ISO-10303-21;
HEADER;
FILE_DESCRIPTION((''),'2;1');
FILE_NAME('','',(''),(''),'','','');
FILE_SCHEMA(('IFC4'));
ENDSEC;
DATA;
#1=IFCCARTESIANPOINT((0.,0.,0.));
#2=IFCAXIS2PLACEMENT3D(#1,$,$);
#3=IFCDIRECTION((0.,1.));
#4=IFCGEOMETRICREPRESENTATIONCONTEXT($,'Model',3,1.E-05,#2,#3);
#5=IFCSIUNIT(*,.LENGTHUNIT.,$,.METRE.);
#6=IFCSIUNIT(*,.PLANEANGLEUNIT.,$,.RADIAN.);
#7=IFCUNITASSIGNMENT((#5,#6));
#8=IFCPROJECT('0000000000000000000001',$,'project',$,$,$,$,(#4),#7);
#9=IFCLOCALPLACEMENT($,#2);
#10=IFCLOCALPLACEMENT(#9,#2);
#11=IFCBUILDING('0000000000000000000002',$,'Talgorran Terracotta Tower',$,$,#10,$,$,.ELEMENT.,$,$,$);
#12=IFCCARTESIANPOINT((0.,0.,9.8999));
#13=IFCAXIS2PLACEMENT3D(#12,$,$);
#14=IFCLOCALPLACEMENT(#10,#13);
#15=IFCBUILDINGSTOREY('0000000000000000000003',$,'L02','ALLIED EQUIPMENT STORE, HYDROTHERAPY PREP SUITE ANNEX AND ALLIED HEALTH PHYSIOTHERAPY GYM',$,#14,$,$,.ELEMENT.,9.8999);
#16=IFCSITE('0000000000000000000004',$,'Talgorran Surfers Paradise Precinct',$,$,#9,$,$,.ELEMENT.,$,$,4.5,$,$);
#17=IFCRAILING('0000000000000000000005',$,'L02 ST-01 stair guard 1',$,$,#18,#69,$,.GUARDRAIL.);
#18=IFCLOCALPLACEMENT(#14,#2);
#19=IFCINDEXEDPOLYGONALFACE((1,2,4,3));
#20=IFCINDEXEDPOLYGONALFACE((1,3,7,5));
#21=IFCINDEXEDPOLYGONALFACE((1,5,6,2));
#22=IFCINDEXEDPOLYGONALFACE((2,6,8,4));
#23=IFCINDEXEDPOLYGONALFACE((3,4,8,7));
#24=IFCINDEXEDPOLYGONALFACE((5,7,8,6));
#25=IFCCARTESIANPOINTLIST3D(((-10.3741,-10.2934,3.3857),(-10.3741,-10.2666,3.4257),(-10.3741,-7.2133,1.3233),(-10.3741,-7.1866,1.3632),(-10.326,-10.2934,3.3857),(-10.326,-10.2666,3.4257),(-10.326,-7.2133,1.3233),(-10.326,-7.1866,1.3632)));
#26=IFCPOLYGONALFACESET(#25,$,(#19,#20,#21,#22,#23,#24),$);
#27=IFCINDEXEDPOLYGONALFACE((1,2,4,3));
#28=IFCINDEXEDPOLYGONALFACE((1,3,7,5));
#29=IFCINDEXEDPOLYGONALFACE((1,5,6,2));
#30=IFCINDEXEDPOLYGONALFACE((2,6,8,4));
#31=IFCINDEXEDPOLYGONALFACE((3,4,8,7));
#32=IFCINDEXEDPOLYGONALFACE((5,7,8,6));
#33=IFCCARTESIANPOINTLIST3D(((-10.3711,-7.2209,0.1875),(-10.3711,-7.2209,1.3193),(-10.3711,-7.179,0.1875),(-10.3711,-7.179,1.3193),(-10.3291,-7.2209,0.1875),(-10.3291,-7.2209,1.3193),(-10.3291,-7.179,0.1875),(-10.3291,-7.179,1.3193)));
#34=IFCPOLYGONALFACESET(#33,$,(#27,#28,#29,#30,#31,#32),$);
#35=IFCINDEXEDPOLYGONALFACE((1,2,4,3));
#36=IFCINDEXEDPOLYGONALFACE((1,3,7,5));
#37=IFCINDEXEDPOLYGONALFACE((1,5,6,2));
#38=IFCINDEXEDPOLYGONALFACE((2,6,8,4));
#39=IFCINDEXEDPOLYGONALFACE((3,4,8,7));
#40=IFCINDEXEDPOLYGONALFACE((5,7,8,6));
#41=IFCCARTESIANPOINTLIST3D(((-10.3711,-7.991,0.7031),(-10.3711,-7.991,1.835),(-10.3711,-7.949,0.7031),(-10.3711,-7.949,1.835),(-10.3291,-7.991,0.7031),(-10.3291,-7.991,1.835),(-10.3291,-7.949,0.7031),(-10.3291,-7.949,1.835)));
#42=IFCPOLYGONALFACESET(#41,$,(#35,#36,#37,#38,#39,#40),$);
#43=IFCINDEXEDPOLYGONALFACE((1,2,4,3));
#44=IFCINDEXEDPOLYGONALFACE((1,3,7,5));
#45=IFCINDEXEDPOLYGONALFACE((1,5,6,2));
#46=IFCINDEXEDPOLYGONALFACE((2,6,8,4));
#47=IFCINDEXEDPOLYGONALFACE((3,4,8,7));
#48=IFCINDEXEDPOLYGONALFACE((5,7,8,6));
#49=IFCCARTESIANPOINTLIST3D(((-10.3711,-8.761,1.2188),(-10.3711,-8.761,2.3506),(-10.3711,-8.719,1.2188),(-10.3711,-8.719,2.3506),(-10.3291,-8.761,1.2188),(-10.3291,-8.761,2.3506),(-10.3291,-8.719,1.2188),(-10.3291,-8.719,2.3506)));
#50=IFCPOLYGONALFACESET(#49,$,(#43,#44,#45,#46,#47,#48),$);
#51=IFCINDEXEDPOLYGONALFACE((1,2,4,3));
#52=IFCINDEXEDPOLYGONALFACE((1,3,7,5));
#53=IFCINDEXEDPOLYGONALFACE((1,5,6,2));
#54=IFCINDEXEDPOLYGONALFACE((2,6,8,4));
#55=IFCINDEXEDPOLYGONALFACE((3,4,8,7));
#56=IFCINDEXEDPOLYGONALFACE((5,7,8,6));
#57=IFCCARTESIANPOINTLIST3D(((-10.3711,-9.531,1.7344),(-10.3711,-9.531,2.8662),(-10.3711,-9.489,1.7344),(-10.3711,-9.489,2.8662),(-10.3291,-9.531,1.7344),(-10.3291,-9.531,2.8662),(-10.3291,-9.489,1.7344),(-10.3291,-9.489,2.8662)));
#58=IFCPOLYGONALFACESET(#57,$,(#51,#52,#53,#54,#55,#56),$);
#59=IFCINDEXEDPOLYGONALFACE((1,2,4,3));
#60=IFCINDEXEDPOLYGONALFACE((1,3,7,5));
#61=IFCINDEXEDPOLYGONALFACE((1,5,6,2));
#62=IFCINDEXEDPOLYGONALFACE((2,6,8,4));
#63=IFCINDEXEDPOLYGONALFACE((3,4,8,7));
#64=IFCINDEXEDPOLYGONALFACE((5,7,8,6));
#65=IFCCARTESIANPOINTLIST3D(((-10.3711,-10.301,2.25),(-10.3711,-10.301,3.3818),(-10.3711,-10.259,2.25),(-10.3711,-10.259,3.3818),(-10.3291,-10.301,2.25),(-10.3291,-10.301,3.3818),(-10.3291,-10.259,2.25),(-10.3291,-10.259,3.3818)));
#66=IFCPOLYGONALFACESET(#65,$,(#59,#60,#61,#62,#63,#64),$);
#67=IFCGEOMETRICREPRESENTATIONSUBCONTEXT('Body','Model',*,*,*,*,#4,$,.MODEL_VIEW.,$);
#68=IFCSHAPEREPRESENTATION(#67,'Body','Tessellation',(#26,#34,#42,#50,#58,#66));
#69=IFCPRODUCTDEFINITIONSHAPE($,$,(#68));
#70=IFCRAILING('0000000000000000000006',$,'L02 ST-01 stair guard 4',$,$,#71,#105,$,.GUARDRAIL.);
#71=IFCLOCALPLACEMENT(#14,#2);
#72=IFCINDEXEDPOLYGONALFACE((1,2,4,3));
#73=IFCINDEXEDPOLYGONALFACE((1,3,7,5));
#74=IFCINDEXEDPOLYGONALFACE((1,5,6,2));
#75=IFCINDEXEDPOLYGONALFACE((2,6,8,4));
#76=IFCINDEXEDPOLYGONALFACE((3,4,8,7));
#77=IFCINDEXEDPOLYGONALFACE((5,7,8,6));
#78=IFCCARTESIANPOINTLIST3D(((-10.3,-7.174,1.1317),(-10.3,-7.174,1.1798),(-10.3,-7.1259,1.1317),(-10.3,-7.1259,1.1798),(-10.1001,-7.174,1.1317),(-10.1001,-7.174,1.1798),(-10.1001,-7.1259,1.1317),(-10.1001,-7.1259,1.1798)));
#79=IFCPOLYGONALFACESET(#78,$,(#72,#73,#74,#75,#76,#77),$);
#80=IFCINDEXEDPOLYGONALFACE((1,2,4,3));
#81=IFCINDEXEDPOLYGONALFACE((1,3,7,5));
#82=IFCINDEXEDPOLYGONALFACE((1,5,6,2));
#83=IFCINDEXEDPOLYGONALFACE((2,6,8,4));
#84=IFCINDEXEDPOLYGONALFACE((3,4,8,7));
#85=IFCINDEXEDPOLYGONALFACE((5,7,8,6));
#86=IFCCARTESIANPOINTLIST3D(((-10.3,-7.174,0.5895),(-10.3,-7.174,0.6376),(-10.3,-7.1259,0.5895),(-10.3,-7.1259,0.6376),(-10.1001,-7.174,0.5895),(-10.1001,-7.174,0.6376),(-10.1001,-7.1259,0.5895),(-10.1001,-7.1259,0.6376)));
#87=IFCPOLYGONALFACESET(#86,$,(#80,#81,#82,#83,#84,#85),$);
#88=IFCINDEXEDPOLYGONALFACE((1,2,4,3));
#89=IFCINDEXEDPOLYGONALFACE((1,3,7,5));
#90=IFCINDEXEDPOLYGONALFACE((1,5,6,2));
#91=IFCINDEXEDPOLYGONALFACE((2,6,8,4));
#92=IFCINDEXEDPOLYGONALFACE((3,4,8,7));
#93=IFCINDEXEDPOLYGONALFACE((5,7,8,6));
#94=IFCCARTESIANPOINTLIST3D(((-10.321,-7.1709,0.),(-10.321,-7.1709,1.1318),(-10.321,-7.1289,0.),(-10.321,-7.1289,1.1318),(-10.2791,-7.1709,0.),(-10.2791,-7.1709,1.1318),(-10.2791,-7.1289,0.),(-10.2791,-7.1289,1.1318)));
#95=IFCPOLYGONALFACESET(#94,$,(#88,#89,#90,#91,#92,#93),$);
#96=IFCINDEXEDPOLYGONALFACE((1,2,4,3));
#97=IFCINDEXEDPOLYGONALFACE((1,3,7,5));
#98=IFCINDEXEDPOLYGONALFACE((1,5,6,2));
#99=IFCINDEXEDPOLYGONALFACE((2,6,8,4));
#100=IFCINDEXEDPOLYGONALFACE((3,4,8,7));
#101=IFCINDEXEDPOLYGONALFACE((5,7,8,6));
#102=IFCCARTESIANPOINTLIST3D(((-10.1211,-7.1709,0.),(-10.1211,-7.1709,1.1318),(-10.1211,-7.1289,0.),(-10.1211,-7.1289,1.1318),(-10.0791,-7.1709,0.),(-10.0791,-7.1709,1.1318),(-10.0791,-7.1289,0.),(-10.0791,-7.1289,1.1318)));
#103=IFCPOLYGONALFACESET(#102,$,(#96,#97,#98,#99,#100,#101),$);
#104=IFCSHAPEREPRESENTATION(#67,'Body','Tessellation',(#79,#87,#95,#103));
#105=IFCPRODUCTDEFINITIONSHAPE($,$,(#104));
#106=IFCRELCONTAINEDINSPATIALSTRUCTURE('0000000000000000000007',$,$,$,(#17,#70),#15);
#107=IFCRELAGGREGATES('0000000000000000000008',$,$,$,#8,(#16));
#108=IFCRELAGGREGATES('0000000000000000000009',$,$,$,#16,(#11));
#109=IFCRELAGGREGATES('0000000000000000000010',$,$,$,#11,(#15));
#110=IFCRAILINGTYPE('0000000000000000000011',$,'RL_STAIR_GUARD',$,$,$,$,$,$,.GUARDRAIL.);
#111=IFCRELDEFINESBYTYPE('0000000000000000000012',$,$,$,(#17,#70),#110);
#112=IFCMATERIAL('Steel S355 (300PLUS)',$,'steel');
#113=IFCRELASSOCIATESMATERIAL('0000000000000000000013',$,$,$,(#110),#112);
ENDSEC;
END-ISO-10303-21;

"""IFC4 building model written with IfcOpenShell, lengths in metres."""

from ifc_helpers import new_model, si_unit, direction, frame, origin, origin_2d, place, context, subcontext, project, spatial, rectangle, extrude, material, type_object, element, save


model = new_model("IFC4")

# Units and contexts
model_context = context("Model", 3, precision=1e-05, world=origin(), true_north=direction((0.0, 1.0)))
body_context = subcontext(model_context, "Body", "Model", "MODEL_VIEW")
ifc_project = project(units=[si_unit("LENGTHUNIT", "METRE"), si_unit("PLANEANGLEUNIT", "RADIAN")], contexts=[model_context])

# Site, building, storey
site_placement = place(None, origin())
site = spatial("IfcSite", under=ifc_project, at=site_placement, Name="Talgorran Surfers Paradise Precinct", CompositionType="ELEMENT", RefElevation=4.5)
building_placement = place(site_placement, origin())
building = spatial("IfcBuilding", under=site, at=building_placement, Name="Talgorran Terracotta Tower", CompositionType="ELEMENT")
storey_placement = place(building_placement, frame((0.0, 0.0, 9.8999)))
storey = spatial("IfcBuildingStorey", under=building, at=storey_placement, Name="L02", Description="ALLIED EQUIPMENT STORE, HYDROTHERAPY PREP SUITE ANNEX AND ALLIED HEALTH PHYSIOTHERAPY GYM", CompositionType="ELEMENT", Elevation=9.8999)

# Shared definitions
ifc_material_1 = material(Name="Steel S355 (300PLUS)", Category="steel")

# Railings
railing_type_1 = type_object("IfcRailingType", Name="RL_STAIR_GUARD", PredefinedType="GUARDRAIL", material=ifc_material_1)
railing_1_placement = place(storey_placement, frame((-10.3501, -7.2, 0.1875)))
element("IfcRailing", 1, at=railing_1_placement, inside=storey, type_object=railing_type_1, Name="L02 ST-01 stair guard 1", PredefinedType="GUARDRAIL", context=body_context, shape_type="SweptSolid", body=[
    extrude(rectangle(XDim=0.0481, YDim=0.0481, at=origin_2d()), frame((0.0, 0.0, 1.1558), z_axis=(0.0, -0.830914, 0.556401), x_axis=(1.0, 0.0, 0.0)), (0.0, 0.0, 1.0), 3.7068),
    extrude(rectangle(XDim=0.042, YDim=0.042, at=origin_2d()), origin(), (0.0, 0.0, 1.0), 1.1318),
    extrude(rectangle(XDim=0.042, YDim=0.042, at=origin_2d()), frame((0.0, -0.77, 0.5156)), (0.0, 0.0, 1.0), 1.1318),
    extrude(rectangle(XDim=0.042, YDim=0.042, at=origin_2d()), frame((0.0, -1.54, 1.0312)), (0.0, 0.0, 1.0), 1.1318),
    extrude(rectangle(XDim=0.042, YDim=0.042, at=origin_2d()), frame((0.0, -2.3101, 1.5469)), (0.0, 0.0, 1.0), 1.1318),
    extrude(rectangle(XDim=0.042, YDim=0.042, at=origin_2d()), frame((0.0, -3.0801, 2.0625)), (0.0, 0.0, 1.0), 1.1318),
])
railing_2_placement = place(storey_placement, frame((-10.3, -7.1499, 0.0)))
element("IfcRailing", 2, at=railing_2_placement, inside=storey, type_object=railing_type_1, Name="L02 ST-01 stair guard 4", PredefinedType="GUARDRAIL", context=body_context, shape_type="SweptSolid", body=[
    extrude(rectangle(XDim=0.0481, YDim=0.0481, at=origin_2d()), frame((0.0, 0.0, 1.1558), z_axis=(1.0, 0.0, 0.0), x_axis=(0.0, 1.0, 0.0)), (0.0, 0.0, 1.0), 0.2),
    extrude(rectangle(XDim=0.0481, YDim=0.0481, at=origin_2d()), frame((0.0, 0.0, 0.6135), z_axis=(1.0, 0.0, 0.0), x_axis=(0.0, 1.0, 0.0)), (0.0, 0.0, 1.0), 0.2),
    extrude(rectangle(XDim=0.042, YDim=0.042, at=origin_2d()), origin(), (0.0, 0.0, 1.0), 1.1318),
    extrude(rectangle(XDim=0.042, YDim=0.042, at=origin_2d()), frame((0.2, 0.0, 0.0)), (0.0, 0.0, 1.0), 1.1318),
])

save(model, "model.ifc")
